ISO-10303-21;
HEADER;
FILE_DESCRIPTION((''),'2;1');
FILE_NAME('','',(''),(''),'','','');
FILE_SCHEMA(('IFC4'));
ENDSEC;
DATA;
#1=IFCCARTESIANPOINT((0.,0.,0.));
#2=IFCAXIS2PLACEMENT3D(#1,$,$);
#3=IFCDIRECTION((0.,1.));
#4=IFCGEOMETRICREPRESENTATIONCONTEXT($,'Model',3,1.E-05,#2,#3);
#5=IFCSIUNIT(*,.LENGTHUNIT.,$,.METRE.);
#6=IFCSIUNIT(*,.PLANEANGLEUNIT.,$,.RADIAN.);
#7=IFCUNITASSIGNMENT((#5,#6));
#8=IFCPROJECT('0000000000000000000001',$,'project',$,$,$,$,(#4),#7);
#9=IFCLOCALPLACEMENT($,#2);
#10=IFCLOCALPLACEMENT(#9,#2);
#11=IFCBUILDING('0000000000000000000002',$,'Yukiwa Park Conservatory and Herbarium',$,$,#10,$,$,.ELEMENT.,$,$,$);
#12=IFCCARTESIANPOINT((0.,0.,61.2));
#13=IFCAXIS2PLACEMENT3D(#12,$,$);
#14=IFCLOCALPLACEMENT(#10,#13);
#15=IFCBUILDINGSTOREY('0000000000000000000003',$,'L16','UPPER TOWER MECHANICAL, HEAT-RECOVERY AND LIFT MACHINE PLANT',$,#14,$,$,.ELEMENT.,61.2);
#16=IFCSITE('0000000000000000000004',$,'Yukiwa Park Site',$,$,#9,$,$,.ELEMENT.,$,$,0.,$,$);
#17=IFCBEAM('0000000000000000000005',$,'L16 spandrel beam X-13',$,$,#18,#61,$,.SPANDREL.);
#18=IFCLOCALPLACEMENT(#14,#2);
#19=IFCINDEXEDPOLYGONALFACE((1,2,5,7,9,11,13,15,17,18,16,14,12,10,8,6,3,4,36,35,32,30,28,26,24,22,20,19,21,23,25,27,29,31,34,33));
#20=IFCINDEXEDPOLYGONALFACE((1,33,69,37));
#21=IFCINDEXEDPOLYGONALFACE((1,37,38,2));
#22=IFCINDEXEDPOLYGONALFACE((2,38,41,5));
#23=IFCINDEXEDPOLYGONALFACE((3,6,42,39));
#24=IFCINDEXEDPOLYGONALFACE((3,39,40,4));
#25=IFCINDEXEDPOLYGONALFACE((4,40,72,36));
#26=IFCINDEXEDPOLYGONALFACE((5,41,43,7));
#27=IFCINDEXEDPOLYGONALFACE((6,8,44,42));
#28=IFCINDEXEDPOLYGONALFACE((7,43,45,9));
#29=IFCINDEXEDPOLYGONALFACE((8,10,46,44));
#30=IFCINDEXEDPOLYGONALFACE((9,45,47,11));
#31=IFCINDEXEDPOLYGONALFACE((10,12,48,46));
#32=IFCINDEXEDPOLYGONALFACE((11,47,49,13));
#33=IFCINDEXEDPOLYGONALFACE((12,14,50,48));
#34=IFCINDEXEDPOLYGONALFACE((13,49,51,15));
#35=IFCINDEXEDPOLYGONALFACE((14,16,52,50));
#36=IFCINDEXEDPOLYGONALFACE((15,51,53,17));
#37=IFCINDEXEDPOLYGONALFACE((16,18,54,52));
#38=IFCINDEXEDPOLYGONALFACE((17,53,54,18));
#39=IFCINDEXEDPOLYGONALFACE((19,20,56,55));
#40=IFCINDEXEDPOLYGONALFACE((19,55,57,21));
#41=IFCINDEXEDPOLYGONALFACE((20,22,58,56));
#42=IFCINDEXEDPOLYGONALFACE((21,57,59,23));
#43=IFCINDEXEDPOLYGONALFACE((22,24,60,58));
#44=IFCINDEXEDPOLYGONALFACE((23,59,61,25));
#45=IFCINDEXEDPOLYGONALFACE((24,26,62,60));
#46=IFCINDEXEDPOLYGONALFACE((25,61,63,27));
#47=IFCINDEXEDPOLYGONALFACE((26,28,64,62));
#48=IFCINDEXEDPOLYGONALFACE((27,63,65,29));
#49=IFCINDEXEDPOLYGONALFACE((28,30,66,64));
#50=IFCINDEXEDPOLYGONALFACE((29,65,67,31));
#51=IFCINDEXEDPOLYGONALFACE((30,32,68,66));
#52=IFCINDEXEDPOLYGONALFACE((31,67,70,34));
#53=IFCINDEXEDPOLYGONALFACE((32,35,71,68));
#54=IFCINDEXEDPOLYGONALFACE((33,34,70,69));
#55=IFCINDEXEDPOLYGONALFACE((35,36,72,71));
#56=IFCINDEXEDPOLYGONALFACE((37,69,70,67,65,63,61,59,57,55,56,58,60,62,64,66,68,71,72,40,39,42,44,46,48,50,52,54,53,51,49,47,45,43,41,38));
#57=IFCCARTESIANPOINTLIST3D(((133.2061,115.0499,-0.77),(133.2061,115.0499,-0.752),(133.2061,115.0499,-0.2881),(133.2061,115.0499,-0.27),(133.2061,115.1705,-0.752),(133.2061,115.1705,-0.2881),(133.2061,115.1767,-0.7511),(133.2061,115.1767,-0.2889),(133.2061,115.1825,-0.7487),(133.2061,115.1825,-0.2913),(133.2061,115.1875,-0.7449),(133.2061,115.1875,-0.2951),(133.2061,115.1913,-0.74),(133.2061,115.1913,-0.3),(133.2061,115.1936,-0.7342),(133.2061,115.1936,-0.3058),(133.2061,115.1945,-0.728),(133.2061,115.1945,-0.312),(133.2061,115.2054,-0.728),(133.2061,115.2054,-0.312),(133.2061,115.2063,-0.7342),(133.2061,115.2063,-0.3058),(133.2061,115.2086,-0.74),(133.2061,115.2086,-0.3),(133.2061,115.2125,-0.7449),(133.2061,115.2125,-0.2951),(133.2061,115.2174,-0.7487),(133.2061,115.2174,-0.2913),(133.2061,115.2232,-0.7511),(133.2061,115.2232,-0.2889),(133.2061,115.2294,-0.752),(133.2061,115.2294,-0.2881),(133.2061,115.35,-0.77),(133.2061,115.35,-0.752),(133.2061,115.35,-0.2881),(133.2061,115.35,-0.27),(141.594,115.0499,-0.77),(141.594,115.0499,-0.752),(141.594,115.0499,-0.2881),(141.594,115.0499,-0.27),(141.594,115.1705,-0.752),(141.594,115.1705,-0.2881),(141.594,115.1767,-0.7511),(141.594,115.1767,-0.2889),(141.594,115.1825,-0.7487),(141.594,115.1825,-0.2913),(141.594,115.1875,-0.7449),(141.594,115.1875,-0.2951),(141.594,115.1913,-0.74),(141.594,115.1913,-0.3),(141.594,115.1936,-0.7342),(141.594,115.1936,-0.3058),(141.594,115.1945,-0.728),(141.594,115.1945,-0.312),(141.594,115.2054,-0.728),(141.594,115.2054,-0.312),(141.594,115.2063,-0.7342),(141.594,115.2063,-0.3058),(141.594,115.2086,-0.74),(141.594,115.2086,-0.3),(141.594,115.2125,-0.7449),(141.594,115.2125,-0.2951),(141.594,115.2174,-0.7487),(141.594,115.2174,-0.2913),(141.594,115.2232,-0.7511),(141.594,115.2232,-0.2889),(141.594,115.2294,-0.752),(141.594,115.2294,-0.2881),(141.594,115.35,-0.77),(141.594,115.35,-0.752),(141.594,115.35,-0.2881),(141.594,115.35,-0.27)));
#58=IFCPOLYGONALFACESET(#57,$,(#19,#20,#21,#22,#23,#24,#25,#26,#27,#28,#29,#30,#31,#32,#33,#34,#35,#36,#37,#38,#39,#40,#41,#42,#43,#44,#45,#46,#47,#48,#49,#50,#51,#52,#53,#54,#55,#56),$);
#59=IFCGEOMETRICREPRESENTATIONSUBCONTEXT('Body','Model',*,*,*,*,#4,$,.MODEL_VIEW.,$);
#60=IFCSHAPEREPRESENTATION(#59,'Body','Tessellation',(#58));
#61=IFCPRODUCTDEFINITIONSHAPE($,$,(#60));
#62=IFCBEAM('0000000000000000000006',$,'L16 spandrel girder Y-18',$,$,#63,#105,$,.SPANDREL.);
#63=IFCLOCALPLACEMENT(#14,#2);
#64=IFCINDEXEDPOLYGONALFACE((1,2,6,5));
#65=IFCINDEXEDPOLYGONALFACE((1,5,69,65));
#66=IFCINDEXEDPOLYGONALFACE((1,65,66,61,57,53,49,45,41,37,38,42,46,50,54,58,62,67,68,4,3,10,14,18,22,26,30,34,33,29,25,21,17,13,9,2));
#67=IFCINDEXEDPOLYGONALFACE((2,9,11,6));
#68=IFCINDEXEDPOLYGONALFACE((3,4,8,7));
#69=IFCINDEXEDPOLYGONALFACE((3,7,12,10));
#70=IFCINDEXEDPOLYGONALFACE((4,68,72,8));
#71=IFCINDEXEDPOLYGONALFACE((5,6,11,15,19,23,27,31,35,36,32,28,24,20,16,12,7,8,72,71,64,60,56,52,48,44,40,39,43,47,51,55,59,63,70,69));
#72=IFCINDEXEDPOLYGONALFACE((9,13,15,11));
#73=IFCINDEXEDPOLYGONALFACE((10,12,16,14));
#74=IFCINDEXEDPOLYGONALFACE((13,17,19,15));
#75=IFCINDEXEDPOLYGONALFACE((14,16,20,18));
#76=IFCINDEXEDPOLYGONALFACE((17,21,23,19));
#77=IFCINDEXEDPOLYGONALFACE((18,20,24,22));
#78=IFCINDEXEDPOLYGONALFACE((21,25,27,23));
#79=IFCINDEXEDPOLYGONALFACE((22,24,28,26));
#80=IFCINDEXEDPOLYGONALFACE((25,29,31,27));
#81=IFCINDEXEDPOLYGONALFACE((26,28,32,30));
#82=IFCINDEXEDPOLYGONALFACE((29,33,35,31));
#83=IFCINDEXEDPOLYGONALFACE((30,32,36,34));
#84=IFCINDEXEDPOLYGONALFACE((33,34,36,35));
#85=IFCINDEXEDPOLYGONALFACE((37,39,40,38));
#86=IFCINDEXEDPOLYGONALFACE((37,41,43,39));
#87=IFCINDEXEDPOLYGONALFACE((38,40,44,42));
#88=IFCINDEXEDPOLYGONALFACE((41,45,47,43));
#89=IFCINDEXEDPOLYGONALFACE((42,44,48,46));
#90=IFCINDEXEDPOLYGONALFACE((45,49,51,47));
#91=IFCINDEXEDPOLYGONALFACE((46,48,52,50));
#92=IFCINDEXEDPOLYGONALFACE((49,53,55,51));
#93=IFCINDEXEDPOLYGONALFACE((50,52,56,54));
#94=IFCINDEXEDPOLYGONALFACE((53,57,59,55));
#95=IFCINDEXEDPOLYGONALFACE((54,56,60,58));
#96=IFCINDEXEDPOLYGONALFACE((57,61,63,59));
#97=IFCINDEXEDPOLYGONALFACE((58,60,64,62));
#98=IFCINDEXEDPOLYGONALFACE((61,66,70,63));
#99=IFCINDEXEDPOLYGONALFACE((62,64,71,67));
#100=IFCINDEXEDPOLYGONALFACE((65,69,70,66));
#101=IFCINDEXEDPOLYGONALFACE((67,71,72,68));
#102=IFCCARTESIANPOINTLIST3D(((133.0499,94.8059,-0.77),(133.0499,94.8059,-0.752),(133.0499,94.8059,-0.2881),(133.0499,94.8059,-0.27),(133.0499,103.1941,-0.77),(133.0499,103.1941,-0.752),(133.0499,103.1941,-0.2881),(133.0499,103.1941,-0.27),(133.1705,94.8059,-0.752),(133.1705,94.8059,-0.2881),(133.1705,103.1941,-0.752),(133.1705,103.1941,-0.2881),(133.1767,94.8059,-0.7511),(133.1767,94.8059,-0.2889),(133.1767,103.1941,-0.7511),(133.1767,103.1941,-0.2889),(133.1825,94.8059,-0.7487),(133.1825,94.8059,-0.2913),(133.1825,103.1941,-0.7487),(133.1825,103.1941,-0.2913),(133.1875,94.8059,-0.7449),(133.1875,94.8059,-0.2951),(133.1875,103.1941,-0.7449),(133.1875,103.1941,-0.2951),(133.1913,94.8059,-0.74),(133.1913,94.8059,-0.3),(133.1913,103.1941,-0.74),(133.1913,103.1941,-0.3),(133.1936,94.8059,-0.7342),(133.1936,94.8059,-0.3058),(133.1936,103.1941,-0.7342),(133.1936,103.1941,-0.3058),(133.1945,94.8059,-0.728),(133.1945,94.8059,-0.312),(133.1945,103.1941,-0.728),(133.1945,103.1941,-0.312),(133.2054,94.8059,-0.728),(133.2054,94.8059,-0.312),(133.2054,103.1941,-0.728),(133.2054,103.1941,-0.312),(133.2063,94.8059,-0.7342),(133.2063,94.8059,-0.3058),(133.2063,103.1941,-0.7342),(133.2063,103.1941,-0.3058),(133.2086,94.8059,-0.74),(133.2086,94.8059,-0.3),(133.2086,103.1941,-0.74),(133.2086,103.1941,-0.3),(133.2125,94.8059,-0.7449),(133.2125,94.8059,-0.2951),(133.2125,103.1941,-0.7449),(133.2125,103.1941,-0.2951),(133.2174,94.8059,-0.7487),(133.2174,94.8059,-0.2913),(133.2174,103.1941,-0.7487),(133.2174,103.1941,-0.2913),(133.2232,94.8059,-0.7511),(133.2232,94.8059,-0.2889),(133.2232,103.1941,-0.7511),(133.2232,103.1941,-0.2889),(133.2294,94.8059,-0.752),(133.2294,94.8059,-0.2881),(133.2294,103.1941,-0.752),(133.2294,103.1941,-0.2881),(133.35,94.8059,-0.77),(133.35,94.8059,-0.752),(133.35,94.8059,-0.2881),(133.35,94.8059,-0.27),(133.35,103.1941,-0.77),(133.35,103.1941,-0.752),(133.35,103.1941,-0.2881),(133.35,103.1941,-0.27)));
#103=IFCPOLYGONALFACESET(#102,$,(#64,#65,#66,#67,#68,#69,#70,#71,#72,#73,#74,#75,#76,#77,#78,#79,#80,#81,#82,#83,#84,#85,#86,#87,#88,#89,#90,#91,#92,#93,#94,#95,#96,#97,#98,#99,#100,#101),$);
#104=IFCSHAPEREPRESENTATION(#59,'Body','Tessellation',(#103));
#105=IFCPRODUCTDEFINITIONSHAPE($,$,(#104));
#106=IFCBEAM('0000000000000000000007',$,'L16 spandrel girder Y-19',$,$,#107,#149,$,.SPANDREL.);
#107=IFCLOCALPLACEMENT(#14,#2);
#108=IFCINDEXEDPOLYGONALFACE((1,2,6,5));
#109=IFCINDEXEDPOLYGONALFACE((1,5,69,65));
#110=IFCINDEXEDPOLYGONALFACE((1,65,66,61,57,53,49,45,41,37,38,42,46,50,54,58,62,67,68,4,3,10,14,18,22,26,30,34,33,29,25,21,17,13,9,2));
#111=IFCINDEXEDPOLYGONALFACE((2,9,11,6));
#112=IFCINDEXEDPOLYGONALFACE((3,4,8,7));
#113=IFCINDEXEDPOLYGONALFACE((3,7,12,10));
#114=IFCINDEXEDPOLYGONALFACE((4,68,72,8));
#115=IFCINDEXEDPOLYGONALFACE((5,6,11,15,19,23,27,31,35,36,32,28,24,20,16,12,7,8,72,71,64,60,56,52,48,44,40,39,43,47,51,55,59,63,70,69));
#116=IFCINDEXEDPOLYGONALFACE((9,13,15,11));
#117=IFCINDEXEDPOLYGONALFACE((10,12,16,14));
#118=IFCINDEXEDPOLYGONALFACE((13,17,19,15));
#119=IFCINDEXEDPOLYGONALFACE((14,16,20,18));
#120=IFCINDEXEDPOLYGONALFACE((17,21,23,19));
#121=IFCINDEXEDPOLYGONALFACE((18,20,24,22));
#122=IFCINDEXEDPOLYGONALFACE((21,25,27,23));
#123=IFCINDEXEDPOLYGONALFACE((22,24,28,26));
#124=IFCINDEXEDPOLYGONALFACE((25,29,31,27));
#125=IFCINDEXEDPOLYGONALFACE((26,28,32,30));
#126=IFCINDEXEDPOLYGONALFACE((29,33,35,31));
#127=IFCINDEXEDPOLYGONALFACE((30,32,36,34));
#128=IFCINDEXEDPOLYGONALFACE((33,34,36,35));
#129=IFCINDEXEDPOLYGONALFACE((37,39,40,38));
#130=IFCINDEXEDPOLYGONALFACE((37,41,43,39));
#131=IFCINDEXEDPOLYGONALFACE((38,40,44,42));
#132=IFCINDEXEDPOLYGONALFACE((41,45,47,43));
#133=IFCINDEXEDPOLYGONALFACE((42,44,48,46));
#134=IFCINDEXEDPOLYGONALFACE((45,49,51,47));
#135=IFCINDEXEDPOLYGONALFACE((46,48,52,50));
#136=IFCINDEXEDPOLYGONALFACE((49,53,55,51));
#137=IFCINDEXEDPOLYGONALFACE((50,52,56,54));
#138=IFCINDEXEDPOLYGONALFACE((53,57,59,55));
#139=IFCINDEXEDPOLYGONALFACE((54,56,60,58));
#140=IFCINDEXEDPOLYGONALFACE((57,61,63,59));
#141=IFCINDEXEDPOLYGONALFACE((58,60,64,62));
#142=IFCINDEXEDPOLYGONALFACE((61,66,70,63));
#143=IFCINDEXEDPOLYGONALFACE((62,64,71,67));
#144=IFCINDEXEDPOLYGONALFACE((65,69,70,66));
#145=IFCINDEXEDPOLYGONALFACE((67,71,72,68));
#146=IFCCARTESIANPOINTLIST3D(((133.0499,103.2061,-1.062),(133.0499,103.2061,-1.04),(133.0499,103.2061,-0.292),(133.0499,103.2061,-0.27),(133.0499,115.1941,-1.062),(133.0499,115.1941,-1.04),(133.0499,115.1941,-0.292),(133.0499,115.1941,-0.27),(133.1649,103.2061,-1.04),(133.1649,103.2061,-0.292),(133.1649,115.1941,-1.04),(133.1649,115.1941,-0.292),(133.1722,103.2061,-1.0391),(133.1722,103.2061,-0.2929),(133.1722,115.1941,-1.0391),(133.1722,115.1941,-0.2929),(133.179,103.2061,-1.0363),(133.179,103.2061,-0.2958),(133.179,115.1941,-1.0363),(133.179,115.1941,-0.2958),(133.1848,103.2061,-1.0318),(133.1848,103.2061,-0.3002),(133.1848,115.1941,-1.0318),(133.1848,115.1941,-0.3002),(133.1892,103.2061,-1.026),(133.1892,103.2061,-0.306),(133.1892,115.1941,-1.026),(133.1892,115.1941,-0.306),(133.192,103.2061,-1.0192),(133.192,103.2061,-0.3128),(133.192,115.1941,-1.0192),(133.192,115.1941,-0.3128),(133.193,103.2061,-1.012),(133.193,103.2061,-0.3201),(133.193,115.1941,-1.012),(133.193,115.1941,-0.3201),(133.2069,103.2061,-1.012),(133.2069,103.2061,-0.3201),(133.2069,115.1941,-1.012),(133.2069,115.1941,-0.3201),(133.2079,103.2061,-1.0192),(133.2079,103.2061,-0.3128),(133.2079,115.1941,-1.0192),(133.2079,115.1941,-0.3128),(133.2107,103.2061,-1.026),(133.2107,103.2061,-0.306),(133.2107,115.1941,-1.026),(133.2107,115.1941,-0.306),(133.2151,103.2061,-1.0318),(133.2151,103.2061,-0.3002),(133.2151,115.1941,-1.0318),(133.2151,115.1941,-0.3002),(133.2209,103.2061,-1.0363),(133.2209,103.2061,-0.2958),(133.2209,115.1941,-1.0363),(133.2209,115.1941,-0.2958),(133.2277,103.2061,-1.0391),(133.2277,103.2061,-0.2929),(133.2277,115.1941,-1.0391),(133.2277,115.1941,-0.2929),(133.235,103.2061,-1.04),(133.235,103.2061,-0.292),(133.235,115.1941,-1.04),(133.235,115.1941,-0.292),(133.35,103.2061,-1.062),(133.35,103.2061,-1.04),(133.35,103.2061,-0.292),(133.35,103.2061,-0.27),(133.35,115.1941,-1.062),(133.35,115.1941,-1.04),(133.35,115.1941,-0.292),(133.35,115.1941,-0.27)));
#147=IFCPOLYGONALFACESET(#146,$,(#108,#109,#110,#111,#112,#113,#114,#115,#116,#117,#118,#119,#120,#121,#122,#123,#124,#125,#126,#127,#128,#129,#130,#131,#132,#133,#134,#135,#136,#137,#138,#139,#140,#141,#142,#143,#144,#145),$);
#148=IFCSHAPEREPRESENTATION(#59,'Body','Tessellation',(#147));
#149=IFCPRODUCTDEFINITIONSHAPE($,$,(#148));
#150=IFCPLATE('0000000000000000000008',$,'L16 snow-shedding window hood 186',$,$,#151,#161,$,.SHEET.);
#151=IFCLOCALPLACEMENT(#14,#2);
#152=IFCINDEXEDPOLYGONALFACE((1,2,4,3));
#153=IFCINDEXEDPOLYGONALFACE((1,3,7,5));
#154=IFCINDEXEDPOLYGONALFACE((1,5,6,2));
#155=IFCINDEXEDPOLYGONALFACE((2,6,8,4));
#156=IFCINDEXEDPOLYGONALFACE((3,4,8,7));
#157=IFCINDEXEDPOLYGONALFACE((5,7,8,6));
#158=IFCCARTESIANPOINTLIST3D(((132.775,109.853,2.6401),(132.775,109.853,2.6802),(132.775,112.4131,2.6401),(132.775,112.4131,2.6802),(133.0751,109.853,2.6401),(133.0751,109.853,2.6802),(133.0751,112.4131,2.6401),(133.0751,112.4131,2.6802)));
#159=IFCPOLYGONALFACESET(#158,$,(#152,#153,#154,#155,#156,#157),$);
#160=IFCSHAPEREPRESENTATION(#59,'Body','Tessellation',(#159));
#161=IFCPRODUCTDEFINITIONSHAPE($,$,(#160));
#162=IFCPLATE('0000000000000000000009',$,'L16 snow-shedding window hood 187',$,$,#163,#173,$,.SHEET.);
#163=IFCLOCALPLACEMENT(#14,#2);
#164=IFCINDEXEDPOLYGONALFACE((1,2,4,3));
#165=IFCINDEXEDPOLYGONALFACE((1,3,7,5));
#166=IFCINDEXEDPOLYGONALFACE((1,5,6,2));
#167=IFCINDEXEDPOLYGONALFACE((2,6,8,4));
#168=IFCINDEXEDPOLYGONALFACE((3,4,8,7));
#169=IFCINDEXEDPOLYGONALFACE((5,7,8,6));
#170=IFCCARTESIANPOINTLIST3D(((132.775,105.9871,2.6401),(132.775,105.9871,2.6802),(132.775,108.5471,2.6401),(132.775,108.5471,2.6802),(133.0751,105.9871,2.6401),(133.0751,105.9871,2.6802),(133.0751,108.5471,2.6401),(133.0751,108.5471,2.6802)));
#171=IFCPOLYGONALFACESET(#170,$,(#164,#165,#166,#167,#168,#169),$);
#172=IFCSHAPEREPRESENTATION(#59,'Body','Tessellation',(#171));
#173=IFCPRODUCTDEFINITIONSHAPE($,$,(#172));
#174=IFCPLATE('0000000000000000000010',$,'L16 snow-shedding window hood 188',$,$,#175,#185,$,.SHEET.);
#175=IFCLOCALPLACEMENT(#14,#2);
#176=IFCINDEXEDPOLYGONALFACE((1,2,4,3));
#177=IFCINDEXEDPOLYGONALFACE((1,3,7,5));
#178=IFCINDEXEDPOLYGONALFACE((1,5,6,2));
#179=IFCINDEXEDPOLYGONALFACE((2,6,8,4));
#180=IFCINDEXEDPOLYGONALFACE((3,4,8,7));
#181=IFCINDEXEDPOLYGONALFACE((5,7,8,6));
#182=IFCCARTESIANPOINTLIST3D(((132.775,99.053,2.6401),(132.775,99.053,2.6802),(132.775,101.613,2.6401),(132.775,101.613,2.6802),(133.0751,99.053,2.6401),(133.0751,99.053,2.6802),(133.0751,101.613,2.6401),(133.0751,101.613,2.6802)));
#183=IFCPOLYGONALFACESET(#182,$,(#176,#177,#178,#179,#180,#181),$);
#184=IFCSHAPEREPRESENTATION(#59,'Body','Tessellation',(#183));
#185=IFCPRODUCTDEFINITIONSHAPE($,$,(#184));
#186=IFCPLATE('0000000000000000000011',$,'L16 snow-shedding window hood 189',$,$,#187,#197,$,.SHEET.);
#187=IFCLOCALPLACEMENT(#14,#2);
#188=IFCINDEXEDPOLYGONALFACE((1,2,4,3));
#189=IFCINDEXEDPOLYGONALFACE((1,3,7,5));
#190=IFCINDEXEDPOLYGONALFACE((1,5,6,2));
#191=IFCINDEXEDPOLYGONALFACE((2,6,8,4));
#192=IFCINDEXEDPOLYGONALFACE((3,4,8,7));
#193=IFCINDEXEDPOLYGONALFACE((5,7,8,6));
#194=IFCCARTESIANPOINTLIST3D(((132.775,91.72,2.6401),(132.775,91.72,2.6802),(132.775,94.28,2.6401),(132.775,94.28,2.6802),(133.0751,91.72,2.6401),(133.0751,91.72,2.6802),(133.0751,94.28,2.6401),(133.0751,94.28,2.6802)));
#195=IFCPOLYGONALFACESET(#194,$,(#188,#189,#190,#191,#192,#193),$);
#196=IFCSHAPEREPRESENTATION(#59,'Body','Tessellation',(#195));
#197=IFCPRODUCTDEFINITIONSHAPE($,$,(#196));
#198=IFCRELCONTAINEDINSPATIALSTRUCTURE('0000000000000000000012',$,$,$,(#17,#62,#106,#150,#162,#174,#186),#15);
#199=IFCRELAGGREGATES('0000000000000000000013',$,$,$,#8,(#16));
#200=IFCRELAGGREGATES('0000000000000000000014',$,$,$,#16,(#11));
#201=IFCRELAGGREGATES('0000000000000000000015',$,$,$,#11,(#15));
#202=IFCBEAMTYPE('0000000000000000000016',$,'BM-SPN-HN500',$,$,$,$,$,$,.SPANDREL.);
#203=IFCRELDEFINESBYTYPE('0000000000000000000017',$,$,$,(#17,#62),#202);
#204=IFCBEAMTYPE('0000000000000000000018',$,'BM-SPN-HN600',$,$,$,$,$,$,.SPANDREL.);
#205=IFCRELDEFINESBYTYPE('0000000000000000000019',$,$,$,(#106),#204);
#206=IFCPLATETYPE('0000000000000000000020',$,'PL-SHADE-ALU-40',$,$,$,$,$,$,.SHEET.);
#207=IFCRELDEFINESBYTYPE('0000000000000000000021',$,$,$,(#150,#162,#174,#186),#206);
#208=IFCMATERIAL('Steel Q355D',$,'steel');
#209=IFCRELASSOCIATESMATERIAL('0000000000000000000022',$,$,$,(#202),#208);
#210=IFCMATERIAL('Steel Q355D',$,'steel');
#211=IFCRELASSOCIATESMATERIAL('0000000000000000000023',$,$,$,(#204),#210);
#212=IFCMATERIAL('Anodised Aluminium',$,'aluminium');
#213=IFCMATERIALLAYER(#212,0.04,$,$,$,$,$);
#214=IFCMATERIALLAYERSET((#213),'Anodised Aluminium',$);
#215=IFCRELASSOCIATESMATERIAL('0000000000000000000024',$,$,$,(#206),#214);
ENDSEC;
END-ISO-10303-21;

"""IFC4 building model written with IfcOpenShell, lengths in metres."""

from ifc_helpers import new_model, si_unit, direction, frame, origin, origin_2d, place, context, subcontext, project, spatial, rectangle, i_section, extrude, material, layer, layer_set, material_profile, profile_set, type_object, element, save


model = new_model("IFC4")

# Units and contexts
model_context = context("Model", 3, precision=1e-05, world=origin(), true_north=direction((0.0, 1.0)))
body_context = subcontext(model_context, "Body", "Model", "MODEL_VIEW")
ifc_project = project(units=[si_unit("LENGTHUNIT", "METRE"), si_unit("PLANEANGLEUNIT", "RADIAN")], contexts=[model_context])

# Site, building, storey
site_placement = place(None, origin())
site = spatial("IfcSite", under=ifc_project, at=site_placement, Name="Yukiwa Park Site", CompositionType="ELEMENT", RefElevation=0.0)
building_placement = place(site_placement, origin())
building = spatial("IfcBuilding", under=site, at=building_placement, Name="Yukiwa Park Conservatory and Herbarium", CompositionType="ELEMENT")
storey_placement = place(building_placement, frame((0.0, 0.0, 61.2)))
storey = spatial("IfcBuildingStorey", under=building, at=storey_placement, Name="L16", Description="UPPER TOWER MECHANICAL, HEAT-RECOVERY AND LIFT MACHINE PLANT", CompositionType="ELEMENT", Elevation=61.2)

# Beams
ifc_material_1 = material(Name="Steel Q355D", Category="steel")
ifc_material_profile_1 = material_profile(ifc_material_1, i_section(OverallWidth=0.3, OverallDepth=0.5, WebThickness=0.011, FlangeThickness=0.0181, FilletRadius=0.0239, at=origin_2d()), Name="HM 500x300x11x18")
ifc_profile_set_1 = profile_set([ifc_material_profile_1], Name="Steel Q355D")
beam_type_1 = type_object("IfcBeamType", Name="BM-SPN-HN500", PredefinedType="SPANDREL", material=ifc_profile_set_1)
for number, where, z_axis, x_axis, name in (
    (1, (133.2061, 115.2, -0.52), (1.0, 0.0, 0.0), (0.0, 1.0, 0.0), "L16 spandrel beam X-13"),
):
    element("IfcBeam", number, at=place(storey_placement, frame(where, z_axis=z_axis, x_axis=x_axis)), inside=storey, type_object=beam_type_1, Name=name, PredefinedType="SPANDREL", context=body_context, shape_type="SweptSolid", body=[
        extrude(i_section(OverallWidth=0.3, OverallDepth=0.5, WebThickness=0.011, FlangeThickness=0.0181, FilletRadius=0.0239, at=origin_2d()), origin(), (0.0, 0.0, 1.0), 8.3879),
    ])
beam_1_placement = place(storey_placement, frame((133.2, 94.8059, -0.52), z_axis=(0.0, 1.0, 0.0), x_axis=(-1.0, 0.0, 0.0)))
element("IfcBeam", 2, at=beam_1_placement, inside=storey, type_object=beam_type_1, Name="L16 spandrel girder Y-18", PredefinedType="SPANDREL", context=body_context, shape_type="SweptSolid", body=[
    extrude(i_section(OverallWidth=0.3, OverallDepth=0.5, WebThickness=0.011, FlangeThickness=0.0181, FilletRadius=0.0239, at=origin_2d()), origin(), (0.0, 0.0, 1.0), 8.3882),
])
ifc_material_2 = material(Name="Steel Q355D", Category="steel")
ifc_material_profile_2 = material_profile(ifc_material_2, i_section(OverallWidth=0.3, OverallDepth=0.792, WebThickness=0.0139, FlangeThickness=0.022, FilletRadius=0.0281, at=origin_2d()), Name="HN 792x300x14x22")
ifc_profile_set_2 = profile_set([ifc_material_profile_2], Name="Steel Q355D")
beam_type_2 = type_object("IfcBeamType", Name="BM-SPN-HN600", PredefinedType="SPANDREL", material=ifc_profile_set_2)
beam_2_placement = place(storey_placement, frame((133.2, 103.2061, -0.666), z_axis=(0.0, 1.0, 0.0), x_axis=(-1.0, 0.0, 0.0)))
element("IfcBeam", 3, at=beam_2_placement, inside=storey, type_object=beam_type_2, Name="L16 spandrel girder Y-19", PredefinedType="SPANDREL", context=body_context, shape_type="SweptSolid", body=[
    extrude(i_section(OverallWidth=0.3, OverallDepth=0.792, WebThickness=0.0139, FlangeThickness=0.022, FilletRadius=0.0281, at=origin_2d()), origin(), (0.0, 0.0, 1.0), 11.988),
])

# Plates
ifc_material_3 = material(Name="Anodised Aluminium", Category="aluminium")
ifc_layer_1 = layer(ifc_material_3, 0.04)
ifc_layer_set_1 = layer_set([ifc_layer_1], Name="Anodised Aluminium")
plate_type = type_object("IfcPlateType", Name="PL-SHADE-ALU-40", PredefinedType="SHEET", material=ifc_layer_set_1)
for number, where, z_axis, x_axis, name in (
    (4, (132.925, 111.1331, 2.6401), (0.0, 0.0, 1.0), (0.0, -1.0, 0.0), "L16 snow-shedding window hood 186"),
    (5, (132.925, 107.2671, 2.6401), (0.0, 0.0, 1.0), (0.0, -1.0, 0.0), "L16 snow-shedding window hood 187"),
    (6, (132.925, 100.333, 2.6401), (0.0, 0.0, 1.0), (0.0, -1.0, 0.0), "L16 snow-shedding window hood 188"),
    (7, (132.925, 93.0, 2.6401), (0.0, 0.0, 1.0), (0.0, -1.0, 0.0), "L16 snow-shedding window hood 189"),
):
    element("IfcPlate", number, at=place(storey_placement, frame(where, z_axis=z_axis, x_axis=x_axis)), inside=storey, type_object=plate_type, Name=name, PredefinedType="SHEET", context=body_context, shape_type="SweptSolid", body=[
        extrude(rectangle(XDim=2.5601, YDim=0.3, at=origin_2d()), origin(), (0.0, 0.0, 1.0), 0.04),
    ])

save(model, "model.ifc")
